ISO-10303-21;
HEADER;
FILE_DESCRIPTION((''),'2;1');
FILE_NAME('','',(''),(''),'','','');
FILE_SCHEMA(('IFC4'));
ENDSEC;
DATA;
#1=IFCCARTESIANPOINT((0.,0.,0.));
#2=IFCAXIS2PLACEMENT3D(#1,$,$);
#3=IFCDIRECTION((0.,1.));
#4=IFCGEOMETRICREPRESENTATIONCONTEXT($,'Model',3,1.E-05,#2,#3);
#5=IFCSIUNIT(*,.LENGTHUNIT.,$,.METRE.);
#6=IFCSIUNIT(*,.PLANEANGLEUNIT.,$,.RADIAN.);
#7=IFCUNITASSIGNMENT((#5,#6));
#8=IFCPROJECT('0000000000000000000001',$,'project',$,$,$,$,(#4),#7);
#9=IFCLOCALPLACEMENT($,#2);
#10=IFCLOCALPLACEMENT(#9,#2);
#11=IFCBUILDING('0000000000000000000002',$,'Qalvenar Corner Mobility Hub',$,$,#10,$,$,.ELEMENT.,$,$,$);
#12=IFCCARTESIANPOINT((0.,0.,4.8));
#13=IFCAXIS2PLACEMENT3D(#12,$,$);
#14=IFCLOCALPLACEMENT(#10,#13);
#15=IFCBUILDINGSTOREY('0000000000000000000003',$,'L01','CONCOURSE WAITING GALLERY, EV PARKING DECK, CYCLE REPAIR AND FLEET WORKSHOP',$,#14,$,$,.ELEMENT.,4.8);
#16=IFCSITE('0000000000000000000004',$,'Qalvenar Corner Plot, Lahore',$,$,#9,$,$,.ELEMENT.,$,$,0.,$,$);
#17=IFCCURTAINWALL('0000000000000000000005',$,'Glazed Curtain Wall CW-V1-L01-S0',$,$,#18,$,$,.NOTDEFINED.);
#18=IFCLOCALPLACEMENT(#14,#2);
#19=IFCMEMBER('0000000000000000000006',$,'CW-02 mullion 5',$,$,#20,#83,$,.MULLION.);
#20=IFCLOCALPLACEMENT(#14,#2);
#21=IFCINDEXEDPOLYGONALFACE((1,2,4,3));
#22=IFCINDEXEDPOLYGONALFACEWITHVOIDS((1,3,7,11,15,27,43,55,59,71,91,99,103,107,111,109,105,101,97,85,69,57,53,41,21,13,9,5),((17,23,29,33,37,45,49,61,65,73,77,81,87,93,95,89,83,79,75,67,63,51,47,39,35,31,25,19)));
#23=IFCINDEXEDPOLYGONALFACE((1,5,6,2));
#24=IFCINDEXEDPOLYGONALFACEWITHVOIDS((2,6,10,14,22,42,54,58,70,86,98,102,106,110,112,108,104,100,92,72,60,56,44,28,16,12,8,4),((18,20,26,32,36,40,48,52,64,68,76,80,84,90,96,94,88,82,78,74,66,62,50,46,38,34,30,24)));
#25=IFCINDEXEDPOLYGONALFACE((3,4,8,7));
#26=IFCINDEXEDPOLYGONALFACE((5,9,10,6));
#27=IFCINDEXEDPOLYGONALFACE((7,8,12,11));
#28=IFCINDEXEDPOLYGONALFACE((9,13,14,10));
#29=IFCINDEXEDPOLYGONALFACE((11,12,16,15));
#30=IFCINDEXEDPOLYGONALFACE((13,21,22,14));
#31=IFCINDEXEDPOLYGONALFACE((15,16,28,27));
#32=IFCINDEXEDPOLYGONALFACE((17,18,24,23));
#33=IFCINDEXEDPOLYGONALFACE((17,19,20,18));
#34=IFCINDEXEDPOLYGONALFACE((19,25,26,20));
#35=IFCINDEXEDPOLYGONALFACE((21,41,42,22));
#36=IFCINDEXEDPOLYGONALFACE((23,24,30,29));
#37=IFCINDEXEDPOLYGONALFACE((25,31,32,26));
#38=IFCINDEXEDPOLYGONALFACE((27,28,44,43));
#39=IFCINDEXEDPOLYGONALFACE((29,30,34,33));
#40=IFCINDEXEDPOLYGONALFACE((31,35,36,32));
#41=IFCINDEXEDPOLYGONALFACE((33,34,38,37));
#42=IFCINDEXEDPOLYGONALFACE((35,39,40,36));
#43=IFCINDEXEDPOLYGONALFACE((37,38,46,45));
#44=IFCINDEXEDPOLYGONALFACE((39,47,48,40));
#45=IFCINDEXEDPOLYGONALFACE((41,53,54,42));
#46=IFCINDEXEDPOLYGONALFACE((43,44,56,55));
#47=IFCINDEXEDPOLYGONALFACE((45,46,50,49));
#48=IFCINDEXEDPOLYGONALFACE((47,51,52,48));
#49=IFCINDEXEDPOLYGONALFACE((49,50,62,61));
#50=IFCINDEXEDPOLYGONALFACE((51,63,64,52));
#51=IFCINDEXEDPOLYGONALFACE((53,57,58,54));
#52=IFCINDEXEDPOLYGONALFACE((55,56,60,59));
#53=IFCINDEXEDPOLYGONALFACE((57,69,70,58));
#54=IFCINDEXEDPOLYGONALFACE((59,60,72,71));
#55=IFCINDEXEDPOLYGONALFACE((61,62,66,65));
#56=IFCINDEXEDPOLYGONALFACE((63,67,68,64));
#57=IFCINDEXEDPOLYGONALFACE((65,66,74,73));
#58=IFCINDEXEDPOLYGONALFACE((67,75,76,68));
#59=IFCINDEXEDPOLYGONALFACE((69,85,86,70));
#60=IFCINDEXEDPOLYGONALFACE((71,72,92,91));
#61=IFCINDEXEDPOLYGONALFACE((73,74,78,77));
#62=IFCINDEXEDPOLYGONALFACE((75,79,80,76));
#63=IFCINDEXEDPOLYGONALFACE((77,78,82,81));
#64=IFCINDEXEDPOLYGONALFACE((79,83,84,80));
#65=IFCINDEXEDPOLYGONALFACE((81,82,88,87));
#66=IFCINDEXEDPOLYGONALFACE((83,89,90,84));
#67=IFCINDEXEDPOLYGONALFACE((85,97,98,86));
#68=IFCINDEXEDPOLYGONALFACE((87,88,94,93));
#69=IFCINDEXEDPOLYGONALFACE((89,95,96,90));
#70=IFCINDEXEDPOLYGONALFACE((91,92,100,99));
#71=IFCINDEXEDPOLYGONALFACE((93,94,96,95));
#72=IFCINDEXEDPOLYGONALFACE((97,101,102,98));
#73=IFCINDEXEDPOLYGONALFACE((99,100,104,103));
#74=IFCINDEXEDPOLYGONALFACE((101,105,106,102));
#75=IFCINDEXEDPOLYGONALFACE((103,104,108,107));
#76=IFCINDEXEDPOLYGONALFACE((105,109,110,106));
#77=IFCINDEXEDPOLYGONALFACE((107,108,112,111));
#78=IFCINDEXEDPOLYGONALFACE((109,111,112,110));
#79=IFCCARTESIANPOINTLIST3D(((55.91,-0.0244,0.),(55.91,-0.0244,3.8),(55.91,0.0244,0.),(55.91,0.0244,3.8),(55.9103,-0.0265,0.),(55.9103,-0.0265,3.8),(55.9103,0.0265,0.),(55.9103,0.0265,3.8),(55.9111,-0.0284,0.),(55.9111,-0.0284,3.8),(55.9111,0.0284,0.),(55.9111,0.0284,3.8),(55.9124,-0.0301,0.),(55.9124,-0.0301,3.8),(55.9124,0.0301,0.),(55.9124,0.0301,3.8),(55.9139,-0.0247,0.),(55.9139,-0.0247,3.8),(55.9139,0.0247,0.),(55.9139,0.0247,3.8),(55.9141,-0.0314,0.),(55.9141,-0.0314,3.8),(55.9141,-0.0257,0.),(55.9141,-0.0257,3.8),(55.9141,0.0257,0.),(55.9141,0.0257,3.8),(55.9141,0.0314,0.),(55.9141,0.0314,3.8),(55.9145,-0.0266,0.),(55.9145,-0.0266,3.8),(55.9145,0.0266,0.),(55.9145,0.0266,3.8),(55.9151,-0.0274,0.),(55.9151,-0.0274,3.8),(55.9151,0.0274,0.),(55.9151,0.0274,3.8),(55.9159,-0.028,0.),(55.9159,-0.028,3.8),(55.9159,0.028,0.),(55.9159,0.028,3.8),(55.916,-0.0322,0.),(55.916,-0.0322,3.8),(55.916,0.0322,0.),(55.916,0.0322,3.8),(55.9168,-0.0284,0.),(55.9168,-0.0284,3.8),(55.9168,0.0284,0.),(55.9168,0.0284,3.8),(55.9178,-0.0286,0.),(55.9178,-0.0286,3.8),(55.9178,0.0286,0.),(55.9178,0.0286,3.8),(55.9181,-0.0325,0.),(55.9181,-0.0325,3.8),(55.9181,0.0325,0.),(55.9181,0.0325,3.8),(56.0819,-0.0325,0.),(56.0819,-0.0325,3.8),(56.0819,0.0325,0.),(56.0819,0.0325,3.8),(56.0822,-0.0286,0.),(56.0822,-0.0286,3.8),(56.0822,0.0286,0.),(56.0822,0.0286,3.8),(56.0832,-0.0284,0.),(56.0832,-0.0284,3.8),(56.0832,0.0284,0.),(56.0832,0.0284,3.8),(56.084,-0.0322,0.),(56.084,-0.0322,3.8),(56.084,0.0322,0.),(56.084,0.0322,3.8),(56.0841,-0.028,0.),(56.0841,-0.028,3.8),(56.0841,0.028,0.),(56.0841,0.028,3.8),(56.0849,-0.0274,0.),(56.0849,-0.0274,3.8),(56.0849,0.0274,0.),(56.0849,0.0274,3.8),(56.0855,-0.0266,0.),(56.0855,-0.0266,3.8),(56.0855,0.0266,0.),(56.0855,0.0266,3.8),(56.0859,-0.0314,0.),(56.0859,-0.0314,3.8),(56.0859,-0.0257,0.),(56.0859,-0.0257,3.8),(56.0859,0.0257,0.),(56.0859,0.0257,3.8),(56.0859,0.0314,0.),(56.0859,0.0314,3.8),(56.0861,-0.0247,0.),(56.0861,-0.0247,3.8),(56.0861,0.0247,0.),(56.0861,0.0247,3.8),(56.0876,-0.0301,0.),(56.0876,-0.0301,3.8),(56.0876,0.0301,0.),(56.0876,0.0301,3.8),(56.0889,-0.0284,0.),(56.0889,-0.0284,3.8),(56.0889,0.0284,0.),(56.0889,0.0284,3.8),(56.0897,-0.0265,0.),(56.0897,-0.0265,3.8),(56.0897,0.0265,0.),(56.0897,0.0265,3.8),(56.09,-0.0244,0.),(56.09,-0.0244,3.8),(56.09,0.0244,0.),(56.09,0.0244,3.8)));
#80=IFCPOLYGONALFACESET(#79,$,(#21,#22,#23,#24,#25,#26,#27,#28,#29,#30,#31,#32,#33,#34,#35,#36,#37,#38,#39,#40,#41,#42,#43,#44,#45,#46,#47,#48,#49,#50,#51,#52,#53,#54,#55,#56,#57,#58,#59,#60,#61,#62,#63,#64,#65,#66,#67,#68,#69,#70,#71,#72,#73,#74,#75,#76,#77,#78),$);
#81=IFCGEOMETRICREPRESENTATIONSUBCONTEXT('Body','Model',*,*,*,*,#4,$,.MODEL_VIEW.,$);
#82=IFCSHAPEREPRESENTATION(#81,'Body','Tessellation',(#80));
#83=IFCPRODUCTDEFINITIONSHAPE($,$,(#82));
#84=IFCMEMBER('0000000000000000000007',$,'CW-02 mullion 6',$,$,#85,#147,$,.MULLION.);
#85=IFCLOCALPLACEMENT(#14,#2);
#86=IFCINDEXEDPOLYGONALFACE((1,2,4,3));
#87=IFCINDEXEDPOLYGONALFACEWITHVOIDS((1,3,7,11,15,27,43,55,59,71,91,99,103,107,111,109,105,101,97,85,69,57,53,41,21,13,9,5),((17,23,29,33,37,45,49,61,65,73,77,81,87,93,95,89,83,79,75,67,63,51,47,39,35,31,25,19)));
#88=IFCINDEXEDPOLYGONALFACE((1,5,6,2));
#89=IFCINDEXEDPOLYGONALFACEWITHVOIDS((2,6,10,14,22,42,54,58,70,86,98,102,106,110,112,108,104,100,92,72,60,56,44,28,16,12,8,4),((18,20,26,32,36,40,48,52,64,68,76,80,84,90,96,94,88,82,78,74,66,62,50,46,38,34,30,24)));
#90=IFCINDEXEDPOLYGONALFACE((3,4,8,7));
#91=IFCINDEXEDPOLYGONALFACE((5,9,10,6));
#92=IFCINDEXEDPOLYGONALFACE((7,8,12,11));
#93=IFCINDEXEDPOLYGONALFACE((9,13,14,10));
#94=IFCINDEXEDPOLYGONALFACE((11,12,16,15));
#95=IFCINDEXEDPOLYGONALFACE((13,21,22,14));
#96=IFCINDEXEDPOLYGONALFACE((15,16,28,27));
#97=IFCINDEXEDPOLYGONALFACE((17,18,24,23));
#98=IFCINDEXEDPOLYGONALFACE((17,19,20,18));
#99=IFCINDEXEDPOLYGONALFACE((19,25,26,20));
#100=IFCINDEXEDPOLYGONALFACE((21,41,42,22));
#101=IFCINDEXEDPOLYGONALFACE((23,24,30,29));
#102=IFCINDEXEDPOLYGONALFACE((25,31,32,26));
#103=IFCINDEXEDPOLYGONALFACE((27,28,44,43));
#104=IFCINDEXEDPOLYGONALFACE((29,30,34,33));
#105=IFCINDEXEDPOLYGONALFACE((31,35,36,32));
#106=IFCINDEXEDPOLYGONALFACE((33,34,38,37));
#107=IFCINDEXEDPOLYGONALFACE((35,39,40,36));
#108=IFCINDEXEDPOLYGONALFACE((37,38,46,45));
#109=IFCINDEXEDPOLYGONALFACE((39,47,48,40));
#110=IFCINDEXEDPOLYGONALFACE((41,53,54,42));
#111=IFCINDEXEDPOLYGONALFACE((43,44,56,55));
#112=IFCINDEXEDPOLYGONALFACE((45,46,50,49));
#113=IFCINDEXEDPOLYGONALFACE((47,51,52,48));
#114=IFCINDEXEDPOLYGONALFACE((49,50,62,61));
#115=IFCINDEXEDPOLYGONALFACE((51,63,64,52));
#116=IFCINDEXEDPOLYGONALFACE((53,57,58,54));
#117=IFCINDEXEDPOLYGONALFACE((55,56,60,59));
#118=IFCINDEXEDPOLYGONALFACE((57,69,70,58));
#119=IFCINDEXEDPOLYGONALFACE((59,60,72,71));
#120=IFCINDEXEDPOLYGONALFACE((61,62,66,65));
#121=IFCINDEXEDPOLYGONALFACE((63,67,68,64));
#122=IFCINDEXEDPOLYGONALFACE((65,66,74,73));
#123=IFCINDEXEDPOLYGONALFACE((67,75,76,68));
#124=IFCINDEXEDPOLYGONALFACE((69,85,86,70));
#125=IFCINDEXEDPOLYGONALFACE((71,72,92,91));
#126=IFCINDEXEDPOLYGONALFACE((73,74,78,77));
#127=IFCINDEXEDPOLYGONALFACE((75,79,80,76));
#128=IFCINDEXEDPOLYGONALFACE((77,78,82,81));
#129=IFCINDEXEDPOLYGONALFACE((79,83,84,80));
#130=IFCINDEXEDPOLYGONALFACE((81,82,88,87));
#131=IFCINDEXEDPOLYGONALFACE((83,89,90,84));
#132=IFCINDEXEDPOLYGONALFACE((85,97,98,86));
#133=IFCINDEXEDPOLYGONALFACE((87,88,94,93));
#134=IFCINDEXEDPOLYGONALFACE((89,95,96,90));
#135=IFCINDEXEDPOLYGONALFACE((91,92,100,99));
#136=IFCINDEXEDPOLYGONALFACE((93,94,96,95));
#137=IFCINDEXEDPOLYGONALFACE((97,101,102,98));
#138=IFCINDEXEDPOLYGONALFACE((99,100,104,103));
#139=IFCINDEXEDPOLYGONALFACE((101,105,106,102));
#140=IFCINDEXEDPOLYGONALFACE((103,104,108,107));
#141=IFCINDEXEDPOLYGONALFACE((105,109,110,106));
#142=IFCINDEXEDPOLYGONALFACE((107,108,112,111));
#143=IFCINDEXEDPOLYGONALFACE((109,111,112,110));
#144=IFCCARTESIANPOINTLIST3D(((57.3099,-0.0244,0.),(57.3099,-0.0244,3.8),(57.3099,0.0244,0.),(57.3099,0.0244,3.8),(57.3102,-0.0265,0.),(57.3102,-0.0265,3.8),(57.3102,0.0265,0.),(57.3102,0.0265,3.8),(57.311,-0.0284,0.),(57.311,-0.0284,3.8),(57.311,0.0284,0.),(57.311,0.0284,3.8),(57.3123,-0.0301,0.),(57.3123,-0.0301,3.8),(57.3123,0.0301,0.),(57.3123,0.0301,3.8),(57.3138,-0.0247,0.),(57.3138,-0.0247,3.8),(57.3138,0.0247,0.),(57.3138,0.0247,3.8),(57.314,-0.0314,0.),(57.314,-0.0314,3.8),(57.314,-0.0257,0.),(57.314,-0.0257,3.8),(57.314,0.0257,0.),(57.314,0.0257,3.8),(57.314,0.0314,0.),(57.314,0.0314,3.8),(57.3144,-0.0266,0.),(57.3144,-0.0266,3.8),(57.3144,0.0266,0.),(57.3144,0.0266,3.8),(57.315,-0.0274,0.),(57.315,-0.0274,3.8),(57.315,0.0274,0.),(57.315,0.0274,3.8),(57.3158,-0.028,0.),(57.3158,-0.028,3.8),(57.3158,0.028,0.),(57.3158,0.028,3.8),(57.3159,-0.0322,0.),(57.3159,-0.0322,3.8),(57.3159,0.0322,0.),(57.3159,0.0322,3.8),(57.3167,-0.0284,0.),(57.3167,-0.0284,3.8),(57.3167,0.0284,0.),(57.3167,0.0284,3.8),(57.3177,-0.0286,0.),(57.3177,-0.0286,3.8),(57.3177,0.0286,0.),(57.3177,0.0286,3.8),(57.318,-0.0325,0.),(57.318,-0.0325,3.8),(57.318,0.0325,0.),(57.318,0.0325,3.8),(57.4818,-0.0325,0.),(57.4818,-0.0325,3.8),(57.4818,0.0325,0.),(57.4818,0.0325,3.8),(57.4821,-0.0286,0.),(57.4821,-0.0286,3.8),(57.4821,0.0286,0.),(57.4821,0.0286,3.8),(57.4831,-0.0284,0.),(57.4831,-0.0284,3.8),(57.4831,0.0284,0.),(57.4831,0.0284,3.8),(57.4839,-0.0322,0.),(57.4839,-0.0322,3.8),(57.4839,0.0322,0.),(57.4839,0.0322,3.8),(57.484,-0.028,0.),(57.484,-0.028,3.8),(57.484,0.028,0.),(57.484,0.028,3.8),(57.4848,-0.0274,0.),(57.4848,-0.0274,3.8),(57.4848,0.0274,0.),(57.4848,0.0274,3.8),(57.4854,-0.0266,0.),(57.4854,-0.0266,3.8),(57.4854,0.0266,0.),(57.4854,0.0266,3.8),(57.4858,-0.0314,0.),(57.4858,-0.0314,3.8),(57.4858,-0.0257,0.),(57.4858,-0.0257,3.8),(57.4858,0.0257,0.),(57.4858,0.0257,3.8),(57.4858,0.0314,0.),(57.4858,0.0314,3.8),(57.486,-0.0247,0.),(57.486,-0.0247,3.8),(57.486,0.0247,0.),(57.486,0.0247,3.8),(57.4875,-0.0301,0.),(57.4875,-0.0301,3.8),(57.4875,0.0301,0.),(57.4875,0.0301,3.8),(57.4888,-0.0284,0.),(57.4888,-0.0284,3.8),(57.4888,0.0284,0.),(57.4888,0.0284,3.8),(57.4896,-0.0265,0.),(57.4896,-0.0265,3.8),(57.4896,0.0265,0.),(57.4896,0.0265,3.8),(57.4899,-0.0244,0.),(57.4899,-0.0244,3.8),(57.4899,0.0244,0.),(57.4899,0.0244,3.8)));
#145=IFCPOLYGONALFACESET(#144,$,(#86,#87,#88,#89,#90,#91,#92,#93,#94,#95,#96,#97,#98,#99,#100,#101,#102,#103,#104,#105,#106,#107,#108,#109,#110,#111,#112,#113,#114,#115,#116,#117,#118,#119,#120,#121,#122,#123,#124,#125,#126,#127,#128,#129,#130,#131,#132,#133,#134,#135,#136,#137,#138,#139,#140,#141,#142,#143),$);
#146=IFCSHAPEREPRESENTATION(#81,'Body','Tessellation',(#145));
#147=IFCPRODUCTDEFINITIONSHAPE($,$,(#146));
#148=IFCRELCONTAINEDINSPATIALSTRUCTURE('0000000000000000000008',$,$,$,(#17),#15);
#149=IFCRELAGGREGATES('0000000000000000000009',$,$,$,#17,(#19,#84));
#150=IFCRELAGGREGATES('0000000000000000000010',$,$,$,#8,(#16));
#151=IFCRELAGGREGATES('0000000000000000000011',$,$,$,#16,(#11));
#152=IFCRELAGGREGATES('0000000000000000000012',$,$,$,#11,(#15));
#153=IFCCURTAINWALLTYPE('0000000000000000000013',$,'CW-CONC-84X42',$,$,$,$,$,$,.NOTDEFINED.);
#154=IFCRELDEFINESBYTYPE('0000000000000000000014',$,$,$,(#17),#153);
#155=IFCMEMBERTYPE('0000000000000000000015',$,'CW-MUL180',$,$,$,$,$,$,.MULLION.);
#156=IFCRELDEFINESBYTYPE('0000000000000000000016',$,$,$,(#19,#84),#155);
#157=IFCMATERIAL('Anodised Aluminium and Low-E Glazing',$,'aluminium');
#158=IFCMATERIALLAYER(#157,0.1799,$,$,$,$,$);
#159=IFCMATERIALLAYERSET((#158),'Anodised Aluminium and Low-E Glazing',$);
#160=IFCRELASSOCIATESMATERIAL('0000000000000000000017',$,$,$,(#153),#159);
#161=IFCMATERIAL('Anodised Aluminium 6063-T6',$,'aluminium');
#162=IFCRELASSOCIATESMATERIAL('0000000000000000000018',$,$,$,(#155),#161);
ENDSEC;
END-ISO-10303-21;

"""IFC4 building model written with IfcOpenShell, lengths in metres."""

from ifc_helpers import new_model, si_unit, direction, frame, origin, origin_2d, place, context, subcontext, project, spatial, hollow_rectangle, extrude, material, layer, layer_set, material_profile, profile_set, type_object, element, aggregate, save


model = new_model("IFC4")

# Units and contexts
model_context = context("Model", 3, precision=1e-05, world=origin(), true_north=direction((0.0, 1.0)))
body_context = subcontext(model_context, "Body", "Model", "MODEL_VIEW")
ifc_project = project(units=[si_unit("LENGTHUNIT", "METRE"), si_unit("PLANEANGLEUNIT", "RADIAN")], contexts=[model_context])

# Site, building, storey
site_placement = place(None, origin())
site = spatial("IfcSite", under=ifc_project, at=site_placement, Name="Qalvenar Corner Plot, Lahore", CompositionType="ELEMENT", RefElevation=0.0)
building_placement = place(site_placement, origin())
building = spatial("IfcBuilding", under=site, at=building_placement, Name="Qalvenar Corner Mobility Hub", CompositionType="ELEMENT")
storey_placement = place(building_placement, frame((0.0, 0.0, 4.8)))
storey = spatial("IfcBuildingStorey", under=building, at=storey_placement, Name="L01", Description="CONCOURSE WAITING GALLERY, EV PARKING DECK, CYCLE REPAIR AND FLEET WORKSHOP", CompositionType="ELEMENT", Elevation=4.8)

# Curtain wall, members
ifc_material_1 = material(Name="Anodised Aluminium and Low-E Glazing", Category="aluminium")
ifc_layer_1 = layer(ifc_material_1, 0.1799)
ifc_layer_set_1 = layer_set([ifc_layer_1], Name="Anodised Aluminium and Low-E Glazing")
curtain_wall_type = type_object("IfcCurtainWallType", Name="CW-CONC-84X42", PredefinedType="NOTDEFINED", material=ifc_layer_set_1)
curtain_wall_placement = place(storey_placement, origin())
curtain_wall = element("IfcCurtainWall", 1, at=curtain_wall_placement, inside=storey, type_object=curtain_wall_type, Name="Glazed Curtain Wall CW-V1-L01-S0", PredefinedType="NOTDEFINED")
ifc_material_2 = material(Name="Anodised Aluminium 6063-T6", Category="aluminium")
ifc_material_profile_1 = material_profile(ifc_material_2, hollow_rectangle(XDim=0.0649, YDim=0.1799, WallThickness=0.0039, InnerFilletRadius=0.0039, OuterFilletRadius=0.0081, at=origin_2d()), Name="RHS180x65x4")
ifc_profile_set_1 = profile_set([ifc_material_profile_1], Name="Anodised Aluminium 6063-T6")
member_type_1 = type_object("IfcMemberType", Name="CW-MUL180", PredefinedType="MULLION", material=ifc_profile_set_1)
member_1_placement = place(storey_placement, frame((56.0, 0.0, 0.0), z_axis=(0.0, 0.0, 1.0), x_axis=(0.0, 1.0, 0.0)))
member_1 = element("IfcMember", 2, at=member_1_placement, type_object=member_type_1, Name="CW-02 mullion 5", PredefinedType="MULLION", context=body_context, shape_type="SweptSolid", body=[
    extrude(hollow_rectangle(XDim=0.0649, YDim=0.1799, WallThickness=0.0039, InnerFilletRadius=0.0039, OuterFilletRadius=0.0081, at=origin_2d()), origin(), (0.0, 0.0, 1.0), 3.8),
])
member_2_placement = place(storey_placement, frame((57.3999, 0.0, 0.0), z_axis=(0.0, 0.0, 1.0), x_axis=(0.0, 1.0, 0.0)))
member_2 = element("IfcMember", 3, at=member_2_placement, type_object=member_type_1, Name="CW-02 mullion 6", PredefinedType="MULLION", context=body_context, shape_type="SweptSolid", body=[
    extrude(hollow_rectangle(XDim=0.0649, YDim=0.1799, WallThickness=0.0039, InnerFilletRadius=0.0039, OuterFilletRadius=0.0081, at=origin_2d()), origin(), (0.0, 0.0, 1.0), 3.8),
])
aggregate(curtain_wall, [member_1, member_2])

save(model, "model.ifc")
